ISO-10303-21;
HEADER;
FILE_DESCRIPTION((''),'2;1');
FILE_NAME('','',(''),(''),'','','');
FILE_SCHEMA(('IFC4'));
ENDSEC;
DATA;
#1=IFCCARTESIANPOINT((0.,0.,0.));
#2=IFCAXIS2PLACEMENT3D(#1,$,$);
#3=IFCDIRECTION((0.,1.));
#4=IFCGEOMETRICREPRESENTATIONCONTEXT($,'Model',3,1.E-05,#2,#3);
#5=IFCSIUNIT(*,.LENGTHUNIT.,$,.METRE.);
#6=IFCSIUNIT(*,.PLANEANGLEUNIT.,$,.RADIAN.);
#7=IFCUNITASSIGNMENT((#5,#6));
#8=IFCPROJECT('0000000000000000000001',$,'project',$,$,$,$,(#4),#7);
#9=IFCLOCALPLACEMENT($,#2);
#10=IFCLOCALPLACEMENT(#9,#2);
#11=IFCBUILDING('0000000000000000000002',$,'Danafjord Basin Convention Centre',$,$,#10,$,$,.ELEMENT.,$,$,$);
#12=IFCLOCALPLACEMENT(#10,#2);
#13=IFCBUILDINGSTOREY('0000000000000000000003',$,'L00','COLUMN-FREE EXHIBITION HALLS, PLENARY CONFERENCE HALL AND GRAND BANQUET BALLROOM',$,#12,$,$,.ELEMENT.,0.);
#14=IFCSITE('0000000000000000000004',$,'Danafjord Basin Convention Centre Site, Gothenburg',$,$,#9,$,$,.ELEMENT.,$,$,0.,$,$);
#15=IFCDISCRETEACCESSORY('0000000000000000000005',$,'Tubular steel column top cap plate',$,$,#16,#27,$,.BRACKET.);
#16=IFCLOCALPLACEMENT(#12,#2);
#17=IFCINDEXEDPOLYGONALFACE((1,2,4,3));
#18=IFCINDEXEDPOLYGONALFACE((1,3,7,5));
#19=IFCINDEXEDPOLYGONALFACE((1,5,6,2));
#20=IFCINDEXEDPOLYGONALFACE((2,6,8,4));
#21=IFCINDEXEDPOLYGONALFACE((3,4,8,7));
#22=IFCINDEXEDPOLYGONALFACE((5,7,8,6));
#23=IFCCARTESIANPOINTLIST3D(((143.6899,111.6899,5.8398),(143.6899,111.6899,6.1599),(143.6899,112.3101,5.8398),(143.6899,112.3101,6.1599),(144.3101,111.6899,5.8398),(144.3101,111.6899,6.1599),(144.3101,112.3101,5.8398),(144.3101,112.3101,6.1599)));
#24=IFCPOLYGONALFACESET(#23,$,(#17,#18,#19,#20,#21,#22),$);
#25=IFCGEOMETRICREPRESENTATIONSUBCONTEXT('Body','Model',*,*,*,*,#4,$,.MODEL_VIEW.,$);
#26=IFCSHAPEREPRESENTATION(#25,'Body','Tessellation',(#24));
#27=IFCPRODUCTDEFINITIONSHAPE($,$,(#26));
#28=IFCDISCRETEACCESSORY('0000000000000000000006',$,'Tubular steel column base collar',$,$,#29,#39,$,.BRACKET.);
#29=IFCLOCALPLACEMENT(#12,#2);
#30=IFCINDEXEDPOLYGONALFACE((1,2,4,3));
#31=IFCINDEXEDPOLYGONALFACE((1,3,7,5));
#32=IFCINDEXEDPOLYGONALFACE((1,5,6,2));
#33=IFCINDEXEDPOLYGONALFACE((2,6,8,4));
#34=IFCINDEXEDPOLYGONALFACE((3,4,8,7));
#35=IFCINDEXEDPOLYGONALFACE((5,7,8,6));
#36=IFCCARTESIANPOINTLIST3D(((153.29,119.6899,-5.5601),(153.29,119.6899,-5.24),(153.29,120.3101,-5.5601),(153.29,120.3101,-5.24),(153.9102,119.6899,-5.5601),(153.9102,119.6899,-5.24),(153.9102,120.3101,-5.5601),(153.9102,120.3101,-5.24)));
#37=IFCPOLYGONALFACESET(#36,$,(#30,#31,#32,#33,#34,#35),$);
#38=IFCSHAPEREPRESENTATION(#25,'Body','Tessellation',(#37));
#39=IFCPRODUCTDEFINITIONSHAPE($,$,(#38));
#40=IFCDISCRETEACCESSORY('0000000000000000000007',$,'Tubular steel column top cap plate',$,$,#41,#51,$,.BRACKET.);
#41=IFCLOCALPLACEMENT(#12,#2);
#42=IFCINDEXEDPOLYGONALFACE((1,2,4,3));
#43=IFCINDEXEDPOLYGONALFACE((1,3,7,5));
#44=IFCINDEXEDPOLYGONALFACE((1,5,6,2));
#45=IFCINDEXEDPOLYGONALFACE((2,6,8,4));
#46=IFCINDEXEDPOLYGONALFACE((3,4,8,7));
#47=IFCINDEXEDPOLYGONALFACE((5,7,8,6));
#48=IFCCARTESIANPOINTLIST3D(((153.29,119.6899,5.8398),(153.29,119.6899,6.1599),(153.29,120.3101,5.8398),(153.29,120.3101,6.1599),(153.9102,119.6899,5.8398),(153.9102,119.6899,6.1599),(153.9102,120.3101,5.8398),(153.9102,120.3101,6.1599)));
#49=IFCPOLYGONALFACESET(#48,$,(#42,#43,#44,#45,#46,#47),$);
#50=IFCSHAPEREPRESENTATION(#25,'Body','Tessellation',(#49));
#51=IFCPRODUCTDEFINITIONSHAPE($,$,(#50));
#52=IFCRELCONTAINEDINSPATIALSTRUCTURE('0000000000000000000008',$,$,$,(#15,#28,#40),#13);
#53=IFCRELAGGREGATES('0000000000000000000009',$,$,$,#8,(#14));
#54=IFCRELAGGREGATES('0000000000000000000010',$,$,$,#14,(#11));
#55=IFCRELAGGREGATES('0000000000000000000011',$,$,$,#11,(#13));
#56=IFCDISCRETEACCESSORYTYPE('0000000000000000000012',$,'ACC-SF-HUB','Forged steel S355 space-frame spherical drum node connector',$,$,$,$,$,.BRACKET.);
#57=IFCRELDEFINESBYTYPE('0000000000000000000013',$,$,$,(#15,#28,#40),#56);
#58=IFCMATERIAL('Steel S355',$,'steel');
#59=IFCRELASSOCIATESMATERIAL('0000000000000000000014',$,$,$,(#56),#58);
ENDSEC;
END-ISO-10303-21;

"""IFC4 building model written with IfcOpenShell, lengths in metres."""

from ifc_helpers import new_model, si_unit, direction, frame, origin, origin_2d, place, context, subcontext, project, spatial, rectangle, extrude, material, type_object, element, save


model = new_model("IFC4")

# Units and contexts
model_context = context("Model", 3, precision=1e-05, world=origin(), true_north=direction((0.0, 1.0)))
body_context = subcontext(model_context, "Body", "Model", "MODEL_VIEW")
ifc_project = project(units=[si_unit("LENGTHUNIT", "METRE"), si_unit("PLANEANGLEUNIT", "RADIAN")], contexts=[model_context])

# Site, building, storey
site_placement = place(None, origin())
site = spatial("IfcSite", under=ifc_project, at=site_placement, Name="Danafjord Basin Convention Centre Site, Gothenburg", CompositionType="ELEMENT", RefElevation=0.0)
building_placement = place(site_placement, origin())
building = spatial("IfcBuilding", under=site, at=building_placement, Name="Danafjord Basin Convention Centre", CompositionType="ELEMENT")
storey_placement = place(building_placement, origin())
storey = spatial("IfcBuildingStorey", under=building, at=storey_placement, Name="L00", Description="COLUMN-FREE EXHIBITION HALLS, PLENARY CONFERENCE HALL AND GRAND BANQUET BALLROOM", CompositionType="ELEMENT", Elevation=0.0)

# Shared definitions
ifc_material_1 = material(Name="Steel S355", Category="steel")

# Discrete accessories
discrete_accessory_type = type_object("IfcDiscreteAccessoryType", Name="ACC-SF-HUB", Description="Forged steel S355 space-frame spherical drum node connector", PredefinedType="BRACKET", material=ifc_material_1)
for number, where, z_axis, x_axis, name in (
    (1, (144.0, 112.0, 5.8398), (0.0, 0.0, 1.0), (1.0, 0.0, 0.0), "Tubular steel column top cap plate"),
    (2, (153.6001, 120.0, -5.5601), (0.0, 0.0, 1.0), (1.0, 0.0, 0.0), "Tubular steel column base collar"),
    (3, (153.6001, 120.0, 5.8398), (0.0, 0.0, 1.0), (1.0, 0.0, 0.0), "Tubular steel column top cap plate"),
):
    element("IfcDiscreteAccessory", number, at=place(storey_placement, frame(where, z_axis=z_axis, x_axis=x_axis)), inside=storey, type_object=discrete_accessory_type, Name=name, PredefinedType="BRACKET", context=body_context, shape_type="SweptSolid", body=[
        extrude(rectangle(XDim=0.6201, YDim=0.6201, at=origin_2d()), origin(), (0.0, 0.0, 1.0), 0.3201),
    ])

save(model, "model.ifc")
